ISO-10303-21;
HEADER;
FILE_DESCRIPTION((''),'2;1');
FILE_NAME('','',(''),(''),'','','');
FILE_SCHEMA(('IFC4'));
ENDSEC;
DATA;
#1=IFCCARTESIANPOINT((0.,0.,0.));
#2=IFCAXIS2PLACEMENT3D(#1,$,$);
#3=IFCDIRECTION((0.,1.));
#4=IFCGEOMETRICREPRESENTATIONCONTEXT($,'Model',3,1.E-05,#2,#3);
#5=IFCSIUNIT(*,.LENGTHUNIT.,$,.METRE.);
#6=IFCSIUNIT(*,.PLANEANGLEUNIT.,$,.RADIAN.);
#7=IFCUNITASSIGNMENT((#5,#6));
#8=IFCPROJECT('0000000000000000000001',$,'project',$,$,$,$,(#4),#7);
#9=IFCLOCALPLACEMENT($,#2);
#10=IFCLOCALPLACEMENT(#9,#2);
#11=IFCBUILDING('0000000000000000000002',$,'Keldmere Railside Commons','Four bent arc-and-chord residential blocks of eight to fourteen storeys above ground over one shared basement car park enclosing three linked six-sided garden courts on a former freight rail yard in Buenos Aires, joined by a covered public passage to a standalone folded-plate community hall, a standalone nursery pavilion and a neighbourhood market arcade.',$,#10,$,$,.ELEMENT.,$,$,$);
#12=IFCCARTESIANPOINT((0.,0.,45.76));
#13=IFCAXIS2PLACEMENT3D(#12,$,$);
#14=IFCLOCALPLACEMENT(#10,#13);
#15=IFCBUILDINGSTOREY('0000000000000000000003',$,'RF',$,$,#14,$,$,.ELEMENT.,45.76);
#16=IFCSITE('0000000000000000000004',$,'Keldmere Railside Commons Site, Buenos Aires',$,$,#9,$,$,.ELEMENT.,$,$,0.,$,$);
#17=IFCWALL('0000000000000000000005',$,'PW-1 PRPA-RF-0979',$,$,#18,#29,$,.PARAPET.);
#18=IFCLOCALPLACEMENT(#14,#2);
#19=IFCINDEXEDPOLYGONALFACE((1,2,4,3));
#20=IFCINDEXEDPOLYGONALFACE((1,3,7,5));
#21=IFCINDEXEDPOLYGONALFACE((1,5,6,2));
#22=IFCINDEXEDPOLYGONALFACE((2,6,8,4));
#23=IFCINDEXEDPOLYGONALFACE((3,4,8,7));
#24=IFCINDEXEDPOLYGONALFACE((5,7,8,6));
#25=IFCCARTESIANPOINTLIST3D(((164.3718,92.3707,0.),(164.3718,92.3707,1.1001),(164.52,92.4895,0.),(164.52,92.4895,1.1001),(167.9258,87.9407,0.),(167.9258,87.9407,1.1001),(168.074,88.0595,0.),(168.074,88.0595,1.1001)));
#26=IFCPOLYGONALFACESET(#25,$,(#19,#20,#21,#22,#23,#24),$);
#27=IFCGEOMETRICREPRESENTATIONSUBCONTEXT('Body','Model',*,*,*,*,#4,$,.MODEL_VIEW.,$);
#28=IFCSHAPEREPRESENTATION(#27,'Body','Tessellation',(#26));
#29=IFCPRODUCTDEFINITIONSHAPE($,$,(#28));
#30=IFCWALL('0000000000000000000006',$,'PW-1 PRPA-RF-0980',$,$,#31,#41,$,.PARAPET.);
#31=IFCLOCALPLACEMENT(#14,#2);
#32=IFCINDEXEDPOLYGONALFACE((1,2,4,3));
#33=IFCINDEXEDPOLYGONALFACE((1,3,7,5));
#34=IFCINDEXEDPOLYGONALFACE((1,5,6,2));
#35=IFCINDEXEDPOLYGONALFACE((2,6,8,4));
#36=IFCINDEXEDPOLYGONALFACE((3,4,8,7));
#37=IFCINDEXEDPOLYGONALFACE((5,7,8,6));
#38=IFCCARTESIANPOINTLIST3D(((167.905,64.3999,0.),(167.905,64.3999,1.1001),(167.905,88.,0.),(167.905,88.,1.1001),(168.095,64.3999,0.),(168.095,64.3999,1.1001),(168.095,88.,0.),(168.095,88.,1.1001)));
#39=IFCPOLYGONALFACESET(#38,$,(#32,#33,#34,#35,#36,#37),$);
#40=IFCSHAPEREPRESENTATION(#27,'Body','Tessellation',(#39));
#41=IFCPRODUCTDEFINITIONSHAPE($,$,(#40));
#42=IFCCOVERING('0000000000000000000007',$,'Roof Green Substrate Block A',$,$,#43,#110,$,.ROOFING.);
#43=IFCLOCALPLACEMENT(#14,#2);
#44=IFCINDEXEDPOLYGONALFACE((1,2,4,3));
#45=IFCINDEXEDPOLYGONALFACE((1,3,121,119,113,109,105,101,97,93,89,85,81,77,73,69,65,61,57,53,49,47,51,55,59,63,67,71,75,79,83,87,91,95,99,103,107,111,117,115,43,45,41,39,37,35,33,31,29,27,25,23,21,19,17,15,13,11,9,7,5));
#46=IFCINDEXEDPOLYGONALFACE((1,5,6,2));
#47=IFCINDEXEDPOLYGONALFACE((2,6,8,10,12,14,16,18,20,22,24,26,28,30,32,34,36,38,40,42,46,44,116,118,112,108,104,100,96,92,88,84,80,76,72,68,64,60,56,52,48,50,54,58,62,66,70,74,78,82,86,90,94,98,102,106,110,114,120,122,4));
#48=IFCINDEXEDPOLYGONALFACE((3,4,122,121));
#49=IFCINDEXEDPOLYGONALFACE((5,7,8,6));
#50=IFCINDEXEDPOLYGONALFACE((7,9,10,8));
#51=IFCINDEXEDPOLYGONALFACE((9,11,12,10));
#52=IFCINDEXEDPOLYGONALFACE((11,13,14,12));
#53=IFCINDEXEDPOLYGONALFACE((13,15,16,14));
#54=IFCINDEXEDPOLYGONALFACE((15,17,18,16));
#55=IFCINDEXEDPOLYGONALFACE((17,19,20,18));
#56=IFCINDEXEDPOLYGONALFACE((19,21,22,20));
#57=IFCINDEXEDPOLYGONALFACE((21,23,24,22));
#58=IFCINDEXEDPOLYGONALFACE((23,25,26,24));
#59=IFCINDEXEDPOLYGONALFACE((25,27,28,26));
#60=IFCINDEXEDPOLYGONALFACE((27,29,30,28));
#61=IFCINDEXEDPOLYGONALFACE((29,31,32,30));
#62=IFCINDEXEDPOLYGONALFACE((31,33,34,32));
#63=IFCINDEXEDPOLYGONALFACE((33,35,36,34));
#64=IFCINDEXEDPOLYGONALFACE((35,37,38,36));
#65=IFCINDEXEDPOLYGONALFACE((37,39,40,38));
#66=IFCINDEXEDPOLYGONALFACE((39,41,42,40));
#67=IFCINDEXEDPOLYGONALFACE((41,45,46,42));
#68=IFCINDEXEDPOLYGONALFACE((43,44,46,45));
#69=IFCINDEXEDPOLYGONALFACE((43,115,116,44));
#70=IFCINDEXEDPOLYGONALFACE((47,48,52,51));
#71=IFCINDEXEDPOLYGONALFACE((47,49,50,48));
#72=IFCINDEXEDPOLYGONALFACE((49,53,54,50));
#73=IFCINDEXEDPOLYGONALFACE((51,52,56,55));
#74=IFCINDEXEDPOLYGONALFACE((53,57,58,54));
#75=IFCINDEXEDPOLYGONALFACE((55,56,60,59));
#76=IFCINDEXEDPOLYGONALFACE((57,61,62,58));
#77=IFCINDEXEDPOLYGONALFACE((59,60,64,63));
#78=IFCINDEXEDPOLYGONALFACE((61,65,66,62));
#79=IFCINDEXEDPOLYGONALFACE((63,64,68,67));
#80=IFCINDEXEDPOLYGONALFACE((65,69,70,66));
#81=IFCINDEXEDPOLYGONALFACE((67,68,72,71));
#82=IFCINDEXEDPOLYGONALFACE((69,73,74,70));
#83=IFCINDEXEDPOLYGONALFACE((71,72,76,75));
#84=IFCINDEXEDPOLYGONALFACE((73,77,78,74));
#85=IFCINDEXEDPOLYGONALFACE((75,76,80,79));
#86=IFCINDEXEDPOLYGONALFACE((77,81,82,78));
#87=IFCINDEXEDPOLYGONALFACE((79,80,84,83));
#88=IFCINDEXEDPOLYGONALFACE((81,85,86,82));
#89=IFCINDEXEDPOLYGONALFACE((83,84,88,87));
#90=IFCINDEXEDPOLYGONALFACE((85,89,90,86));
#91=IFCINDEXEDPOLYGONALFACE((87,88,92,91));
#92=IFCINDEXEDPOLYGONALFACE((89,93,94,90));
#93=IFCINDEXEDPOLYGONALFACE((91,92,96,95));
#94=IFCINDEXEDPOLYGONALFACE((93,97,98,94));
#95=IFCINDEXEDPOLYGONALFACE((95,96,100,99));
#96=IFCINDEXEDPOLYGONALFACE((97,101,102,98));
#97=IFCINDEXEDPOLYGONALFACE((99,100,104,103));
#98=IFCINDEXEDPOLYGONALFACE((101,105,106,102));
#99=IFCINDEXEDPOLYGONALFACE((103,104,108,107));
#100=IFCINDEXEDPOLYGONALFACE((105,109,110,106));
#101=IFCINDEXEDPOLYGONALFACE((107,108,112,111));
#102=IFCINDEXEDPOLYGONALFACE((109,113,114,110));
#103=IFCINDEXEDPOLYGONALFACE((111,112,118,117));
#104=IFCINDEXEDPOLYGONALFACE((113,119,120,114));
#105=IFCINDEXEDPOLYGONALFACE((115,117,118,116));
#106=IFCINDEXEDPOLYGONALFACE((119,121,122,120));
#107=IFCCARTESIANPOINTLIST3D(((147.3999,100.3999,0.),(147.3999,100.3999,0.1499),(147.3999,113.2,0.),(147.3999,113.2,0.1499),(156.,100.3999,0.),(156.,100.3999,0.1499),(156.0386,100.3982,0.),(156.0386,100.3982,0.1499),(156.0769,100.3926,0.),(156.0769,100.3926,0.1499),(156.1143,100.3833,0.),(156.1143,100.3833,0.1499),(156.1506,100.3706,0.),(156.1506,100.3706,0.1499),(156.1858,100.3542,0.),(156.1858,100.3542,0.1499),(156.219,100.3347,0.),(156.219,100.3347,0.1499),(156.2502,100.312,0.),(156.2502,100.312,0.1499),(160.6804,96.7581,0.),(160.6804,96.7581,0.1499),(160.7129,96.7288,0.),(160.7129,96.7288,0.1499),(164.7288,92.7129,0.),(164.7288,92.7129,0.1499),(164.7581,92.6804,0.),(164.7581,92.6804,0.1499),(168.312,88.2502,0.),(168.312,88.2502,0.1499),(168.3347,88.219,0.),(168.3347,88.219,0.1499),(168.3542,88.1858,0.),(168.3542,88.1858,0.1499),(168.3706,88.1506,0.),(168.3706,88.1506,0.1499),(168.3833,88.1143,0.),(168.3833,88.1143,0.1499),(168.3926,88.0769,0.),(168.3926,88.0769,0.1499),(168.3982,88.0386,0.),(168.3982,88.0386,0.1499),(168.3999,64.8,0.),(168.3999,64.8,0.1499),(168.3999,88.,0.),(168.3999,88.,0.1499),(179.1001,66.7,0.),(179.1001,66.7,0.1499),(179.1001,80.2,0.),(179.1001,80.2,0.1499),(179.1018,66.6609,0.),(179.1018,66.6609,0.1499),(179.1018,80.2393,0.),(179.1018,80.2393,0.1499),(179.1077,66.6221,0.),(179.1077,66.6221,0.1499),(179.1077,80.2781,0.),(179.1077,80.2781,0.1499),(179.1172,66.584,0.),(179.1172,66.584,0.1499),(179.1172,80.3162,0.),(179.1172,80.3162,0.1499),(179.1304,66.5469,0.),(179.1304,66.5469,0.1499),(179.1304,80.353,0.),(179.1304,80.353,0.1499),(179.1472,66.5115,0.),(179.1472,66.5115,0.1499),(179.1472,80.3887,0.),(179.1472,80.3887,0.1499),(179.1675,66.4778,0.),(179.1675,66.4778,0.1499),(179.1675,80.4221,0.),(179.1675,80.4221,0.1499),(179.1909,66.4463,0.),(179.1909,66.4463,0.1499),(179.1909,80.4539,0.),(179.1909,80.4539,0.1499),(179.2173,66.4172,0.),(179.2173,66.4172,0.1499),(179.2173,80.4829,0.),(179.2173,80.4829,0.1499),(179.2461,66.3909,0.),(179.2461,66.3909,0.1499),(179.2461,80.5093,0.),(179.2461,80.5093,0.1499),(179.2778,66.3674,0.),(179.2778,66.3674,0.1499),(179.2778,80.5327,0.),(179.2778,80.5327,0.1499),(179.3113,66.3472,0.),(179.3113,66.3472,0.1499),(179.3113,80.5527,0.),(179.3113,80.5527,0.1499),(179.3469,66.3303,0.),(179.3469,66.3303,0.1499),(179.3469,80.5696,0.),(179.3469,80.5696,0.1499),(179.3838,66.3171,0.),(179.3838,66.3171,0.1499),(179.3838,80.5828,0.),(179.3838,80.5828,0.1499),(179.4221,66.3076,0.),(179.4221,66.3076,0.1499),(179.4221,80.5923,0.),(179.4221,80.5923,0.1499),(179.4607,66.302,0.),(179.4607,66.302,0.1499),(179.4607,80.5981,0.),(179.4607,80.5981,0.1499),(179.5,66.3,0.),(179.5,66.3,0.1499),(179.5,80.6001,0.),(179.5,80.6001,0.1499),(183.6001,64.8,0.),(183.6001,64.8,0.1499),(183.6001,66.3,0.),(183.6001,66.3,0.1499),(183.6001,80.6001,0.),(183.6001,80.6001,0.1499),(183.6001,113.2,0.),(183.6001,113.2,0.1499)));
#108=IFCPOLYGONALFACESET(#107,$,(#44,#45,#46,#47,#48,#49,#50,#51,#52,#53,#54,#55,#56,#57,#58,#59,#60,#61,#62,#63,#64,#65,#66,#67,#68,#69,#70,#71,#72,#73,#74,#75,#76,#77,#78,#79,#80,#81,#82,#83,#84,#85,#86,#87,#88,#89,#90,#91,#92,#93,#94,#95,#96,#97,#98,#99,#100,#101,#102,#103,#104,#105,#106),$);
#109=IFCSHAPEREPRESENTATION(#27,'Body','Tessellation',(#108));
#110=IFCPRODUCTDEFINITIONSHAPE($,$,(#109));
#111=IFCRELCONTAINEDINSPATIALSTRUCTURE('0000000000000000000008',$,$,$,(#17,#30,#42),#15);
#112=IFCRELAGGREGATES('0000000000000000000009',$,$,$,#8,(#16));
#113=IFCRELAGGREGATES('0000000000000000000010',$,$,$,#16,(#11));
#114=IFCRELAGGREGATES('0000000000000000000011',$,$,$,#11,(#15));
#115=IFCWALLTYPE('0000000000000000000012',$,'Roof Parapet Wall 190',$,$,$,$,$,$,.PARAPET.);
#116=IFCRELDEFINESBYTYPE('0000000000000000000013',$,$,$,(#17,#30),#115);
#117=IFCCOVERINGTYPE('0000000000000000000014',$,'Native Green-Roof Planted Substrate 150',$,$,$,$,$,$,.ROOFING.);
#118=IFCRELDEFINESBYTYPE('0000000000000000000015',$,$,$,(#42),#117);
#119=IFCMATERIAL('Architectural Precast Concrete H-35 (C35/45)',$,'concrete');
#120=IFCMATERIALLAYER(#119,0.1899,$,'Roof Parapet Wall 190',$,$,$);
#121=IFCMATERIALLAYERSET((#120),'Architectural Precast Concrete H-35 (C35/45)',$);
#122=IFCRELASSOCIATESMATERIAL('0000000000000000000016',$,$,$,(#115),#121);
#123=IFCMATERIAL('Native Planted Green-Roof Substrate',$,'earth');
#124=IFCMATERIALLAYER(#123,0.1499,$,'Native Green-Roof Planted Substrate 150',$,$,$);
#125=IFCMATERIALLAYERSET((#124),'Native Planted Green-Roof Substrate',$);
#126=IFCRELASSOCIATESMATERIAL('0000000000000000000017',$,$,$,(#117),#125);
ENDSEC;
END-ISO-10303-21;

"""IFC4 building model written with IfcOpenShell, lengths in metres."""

from ifc_helpers import new_model, si_unit, direction, frame, frame_2d, origin, place, context, subcontext, project, spatial, polyline, rectangle, outline, extrude, material, layer, layer_set, type_object, element, save


model = new_model("IFC4")

# Units and contexts
model_context = context("Model", 3, precision=1e-05, world=origin(), true_north=direction((0.0, 1.0)))
body_context = subcontext(model_context, "Body", "Model", "MODEL_VIEW")
ifc_project = project(units=[si_unit("LENGTHUNIT", "METRE"), si_unit("PLANEANGLEUNIT", "RADIAN")], contexts=[model_context])

# Site, building, storey
site_placement = place(None, origin())
site = spatial("IfcSite", under=ifc_project, at=site_placement, Name="Keldmere Railside Commons Site, Buenos Aires", CompositionType="ELEMENT", RefElevation=0.0)
building_placement = place(site_placement, origin())
building = spatial("IfcBuilding", under=site, at=building_placement, Name="Keldmere Railside Commons", Description="Four bent arc-and-chord residential blocks of eight to fourteen storeys above ground over one shared basement car park enclosing three linked six-sided garden courts on a former freight rail yard in Buenos Aires, joined by a covered public passage to a standalone folded-plate community hall, a standalone nursery pavilion and a neighbourhood market arcade.", CompositionType="ELEMENT")
storey_placement = place(building_placement, frame((0.0, 0.0, 45.76)))
storey = spatial("IfcBuildingStorey", under=building, at=storey_placement, Name="RF", CompositionType="ELEMENT", Elevation=45.76)

# Walls
ifc_material_1 = material(Name="Architectural Precast Concrete H-35 (C35/45)", Category="concrete")
ifc_layer_1 = layer(ifc_material_1, 0.1899, Name="Roof Parapet Wall 190")
ifc_layer_set_1 = layer_set([ifc_layer_1], Name="Architectural Precast Concrete H-35 (C35/45)")
wall_type = type_object("IfcWallType", Name="Roof Parapet Wall 190", PredefinedType="PARAPET", material=ifc_layer_set_1)
wall_1_placement = place(storey_placement, frame((168.0, 88.0, 0.0), z_axis=(0.0, 0.0, 1.0), x_axis=(-0.625769, 0.780008, 0.0)))
element("IfcWall", 1, at=wall_1_placement, inside=storey, type_object=wall_type, Name="PW-1 PRPA-RF-0979", PredefinedType="PARAPET", context=body_context, shape_type="SweptSolid", body=[
    extrude(rectangle(XDim=5.6794, YDim=0.1899, at=frame_2d((2.8398, 0.0))), origin(), (0.0, 0.0, 1.0), 1.1001),
])
wall_2_placement = place(storey_placement, frame((168.0, 64.3999, 0.0), z_axis=(0.0, 0.0, 1.0), x_axis=(0.0, 1.0, 0.0)))
element("IfcWall", 2, at=wall_2_placement, inside=storey, type_object=wall_type, Name="PW-1 PRPA-RF-0980", PredefinedType="PARAPET", context=body_context, shape_type="SweptSolid", body=[
    extrude(rectangle(XDim=23.6001, YDim=0.1899, at=frame_2d((11.8, 0.0))), origin(), (0.0, 0.0, 1.0), 1.1001),
])

# Covering
ifc_material_2 = material(Name="Native Planted Green-Roof Substrate", Category="earth")
ifc_layer_2 = layer(ifc_material_2, 0.1499, Name="Native Green-Roof Planted Substrate 150")
ifc_layer_set_2 = layer_set([ifc_layer_2], Name="Native Planted Green-Roof Substrate")
covering_type_1 = type_object("IfcCoveringType", Name="Native Green-Roof Planted Substrate 150", PredefinedType="ROOFING", material=ifc_layer_set_2)
covering_1_placement = place(storey_placement, origin())
element("IfcCovering", 3, at=covering_1_placement, inside=storey, type_object=covering_type_1, Name="Roof Green Substrate Block A", PredefinedType="ROOFING", context=body_context, shape_type="SweptSolid", body=[
    extrude(outline(polyline([(183.6001, 66.3), (179.5, 66.3), (179.4607, 66.302), (179.4221, 66.3076), (179.3838, 66.3171), (179.3469, 66.3303), (179.3113, 66.3472), (179.2778, 66.3674), (179.2461, 66.3909), (179.2173, 66.4172), (179.1909, 66.4463), (179.1675, 66.4778), (179.1472, 66.5115), (179.1304, 66.5469), (179.1172, 66.584), (179.1077, 66.6221), (179.1018, 66.6609), (179.1001, 66.7), (179.1001, 80.2), (179.1018, 80.2393), (179.1077, 80.2781), (179.1172, 80.3162), (179.1304, 80.353), (179.1472, 80.3887), (179.1675, 80.4221), (179.1909, 80.4539), (179.2173, 80.4829), (179.2461, 80.5093), (179.2778, 80.5327), (179.3113, 80.5527), (179.3469, 80.5696), (179.3838, 80.5828), (179.4221, 80.5923), (179.4607, 80.5981), (179.5, 80.6001), (183.6001, 80.6001), (183.6001, 113.2), (147.3999, 113.2), (147.3999, 100.3999), (156.0, 100.3999), (156.0386, 100.3982), (156.0769, 100.3926), (156.1143, 100.3833), (156.1506, 100.3706), (156.1858, 100.3542), (156.219, 100.3347), (156.2502, 100.312), (160.6804, 96.7581), (160.7129, 96.7288), (164.7288, 92.7129), (164.7581, 92.6804), (168.312, 88.2502), (168.3347, 88.219), (168.3542, 88.1858), (168.3706, 88.1506), (168.3833, 88.1143), (168.3926, 88.0769), (168.3982, 88.0386), (168.3999, 88.0), (168.3999, 64.8), (183.6001, 64.8), (183.6001, 66.3)])), origin(), (0.0, 0.0, 1.0), 0.1499),
])

save(model, "model.ifc")
